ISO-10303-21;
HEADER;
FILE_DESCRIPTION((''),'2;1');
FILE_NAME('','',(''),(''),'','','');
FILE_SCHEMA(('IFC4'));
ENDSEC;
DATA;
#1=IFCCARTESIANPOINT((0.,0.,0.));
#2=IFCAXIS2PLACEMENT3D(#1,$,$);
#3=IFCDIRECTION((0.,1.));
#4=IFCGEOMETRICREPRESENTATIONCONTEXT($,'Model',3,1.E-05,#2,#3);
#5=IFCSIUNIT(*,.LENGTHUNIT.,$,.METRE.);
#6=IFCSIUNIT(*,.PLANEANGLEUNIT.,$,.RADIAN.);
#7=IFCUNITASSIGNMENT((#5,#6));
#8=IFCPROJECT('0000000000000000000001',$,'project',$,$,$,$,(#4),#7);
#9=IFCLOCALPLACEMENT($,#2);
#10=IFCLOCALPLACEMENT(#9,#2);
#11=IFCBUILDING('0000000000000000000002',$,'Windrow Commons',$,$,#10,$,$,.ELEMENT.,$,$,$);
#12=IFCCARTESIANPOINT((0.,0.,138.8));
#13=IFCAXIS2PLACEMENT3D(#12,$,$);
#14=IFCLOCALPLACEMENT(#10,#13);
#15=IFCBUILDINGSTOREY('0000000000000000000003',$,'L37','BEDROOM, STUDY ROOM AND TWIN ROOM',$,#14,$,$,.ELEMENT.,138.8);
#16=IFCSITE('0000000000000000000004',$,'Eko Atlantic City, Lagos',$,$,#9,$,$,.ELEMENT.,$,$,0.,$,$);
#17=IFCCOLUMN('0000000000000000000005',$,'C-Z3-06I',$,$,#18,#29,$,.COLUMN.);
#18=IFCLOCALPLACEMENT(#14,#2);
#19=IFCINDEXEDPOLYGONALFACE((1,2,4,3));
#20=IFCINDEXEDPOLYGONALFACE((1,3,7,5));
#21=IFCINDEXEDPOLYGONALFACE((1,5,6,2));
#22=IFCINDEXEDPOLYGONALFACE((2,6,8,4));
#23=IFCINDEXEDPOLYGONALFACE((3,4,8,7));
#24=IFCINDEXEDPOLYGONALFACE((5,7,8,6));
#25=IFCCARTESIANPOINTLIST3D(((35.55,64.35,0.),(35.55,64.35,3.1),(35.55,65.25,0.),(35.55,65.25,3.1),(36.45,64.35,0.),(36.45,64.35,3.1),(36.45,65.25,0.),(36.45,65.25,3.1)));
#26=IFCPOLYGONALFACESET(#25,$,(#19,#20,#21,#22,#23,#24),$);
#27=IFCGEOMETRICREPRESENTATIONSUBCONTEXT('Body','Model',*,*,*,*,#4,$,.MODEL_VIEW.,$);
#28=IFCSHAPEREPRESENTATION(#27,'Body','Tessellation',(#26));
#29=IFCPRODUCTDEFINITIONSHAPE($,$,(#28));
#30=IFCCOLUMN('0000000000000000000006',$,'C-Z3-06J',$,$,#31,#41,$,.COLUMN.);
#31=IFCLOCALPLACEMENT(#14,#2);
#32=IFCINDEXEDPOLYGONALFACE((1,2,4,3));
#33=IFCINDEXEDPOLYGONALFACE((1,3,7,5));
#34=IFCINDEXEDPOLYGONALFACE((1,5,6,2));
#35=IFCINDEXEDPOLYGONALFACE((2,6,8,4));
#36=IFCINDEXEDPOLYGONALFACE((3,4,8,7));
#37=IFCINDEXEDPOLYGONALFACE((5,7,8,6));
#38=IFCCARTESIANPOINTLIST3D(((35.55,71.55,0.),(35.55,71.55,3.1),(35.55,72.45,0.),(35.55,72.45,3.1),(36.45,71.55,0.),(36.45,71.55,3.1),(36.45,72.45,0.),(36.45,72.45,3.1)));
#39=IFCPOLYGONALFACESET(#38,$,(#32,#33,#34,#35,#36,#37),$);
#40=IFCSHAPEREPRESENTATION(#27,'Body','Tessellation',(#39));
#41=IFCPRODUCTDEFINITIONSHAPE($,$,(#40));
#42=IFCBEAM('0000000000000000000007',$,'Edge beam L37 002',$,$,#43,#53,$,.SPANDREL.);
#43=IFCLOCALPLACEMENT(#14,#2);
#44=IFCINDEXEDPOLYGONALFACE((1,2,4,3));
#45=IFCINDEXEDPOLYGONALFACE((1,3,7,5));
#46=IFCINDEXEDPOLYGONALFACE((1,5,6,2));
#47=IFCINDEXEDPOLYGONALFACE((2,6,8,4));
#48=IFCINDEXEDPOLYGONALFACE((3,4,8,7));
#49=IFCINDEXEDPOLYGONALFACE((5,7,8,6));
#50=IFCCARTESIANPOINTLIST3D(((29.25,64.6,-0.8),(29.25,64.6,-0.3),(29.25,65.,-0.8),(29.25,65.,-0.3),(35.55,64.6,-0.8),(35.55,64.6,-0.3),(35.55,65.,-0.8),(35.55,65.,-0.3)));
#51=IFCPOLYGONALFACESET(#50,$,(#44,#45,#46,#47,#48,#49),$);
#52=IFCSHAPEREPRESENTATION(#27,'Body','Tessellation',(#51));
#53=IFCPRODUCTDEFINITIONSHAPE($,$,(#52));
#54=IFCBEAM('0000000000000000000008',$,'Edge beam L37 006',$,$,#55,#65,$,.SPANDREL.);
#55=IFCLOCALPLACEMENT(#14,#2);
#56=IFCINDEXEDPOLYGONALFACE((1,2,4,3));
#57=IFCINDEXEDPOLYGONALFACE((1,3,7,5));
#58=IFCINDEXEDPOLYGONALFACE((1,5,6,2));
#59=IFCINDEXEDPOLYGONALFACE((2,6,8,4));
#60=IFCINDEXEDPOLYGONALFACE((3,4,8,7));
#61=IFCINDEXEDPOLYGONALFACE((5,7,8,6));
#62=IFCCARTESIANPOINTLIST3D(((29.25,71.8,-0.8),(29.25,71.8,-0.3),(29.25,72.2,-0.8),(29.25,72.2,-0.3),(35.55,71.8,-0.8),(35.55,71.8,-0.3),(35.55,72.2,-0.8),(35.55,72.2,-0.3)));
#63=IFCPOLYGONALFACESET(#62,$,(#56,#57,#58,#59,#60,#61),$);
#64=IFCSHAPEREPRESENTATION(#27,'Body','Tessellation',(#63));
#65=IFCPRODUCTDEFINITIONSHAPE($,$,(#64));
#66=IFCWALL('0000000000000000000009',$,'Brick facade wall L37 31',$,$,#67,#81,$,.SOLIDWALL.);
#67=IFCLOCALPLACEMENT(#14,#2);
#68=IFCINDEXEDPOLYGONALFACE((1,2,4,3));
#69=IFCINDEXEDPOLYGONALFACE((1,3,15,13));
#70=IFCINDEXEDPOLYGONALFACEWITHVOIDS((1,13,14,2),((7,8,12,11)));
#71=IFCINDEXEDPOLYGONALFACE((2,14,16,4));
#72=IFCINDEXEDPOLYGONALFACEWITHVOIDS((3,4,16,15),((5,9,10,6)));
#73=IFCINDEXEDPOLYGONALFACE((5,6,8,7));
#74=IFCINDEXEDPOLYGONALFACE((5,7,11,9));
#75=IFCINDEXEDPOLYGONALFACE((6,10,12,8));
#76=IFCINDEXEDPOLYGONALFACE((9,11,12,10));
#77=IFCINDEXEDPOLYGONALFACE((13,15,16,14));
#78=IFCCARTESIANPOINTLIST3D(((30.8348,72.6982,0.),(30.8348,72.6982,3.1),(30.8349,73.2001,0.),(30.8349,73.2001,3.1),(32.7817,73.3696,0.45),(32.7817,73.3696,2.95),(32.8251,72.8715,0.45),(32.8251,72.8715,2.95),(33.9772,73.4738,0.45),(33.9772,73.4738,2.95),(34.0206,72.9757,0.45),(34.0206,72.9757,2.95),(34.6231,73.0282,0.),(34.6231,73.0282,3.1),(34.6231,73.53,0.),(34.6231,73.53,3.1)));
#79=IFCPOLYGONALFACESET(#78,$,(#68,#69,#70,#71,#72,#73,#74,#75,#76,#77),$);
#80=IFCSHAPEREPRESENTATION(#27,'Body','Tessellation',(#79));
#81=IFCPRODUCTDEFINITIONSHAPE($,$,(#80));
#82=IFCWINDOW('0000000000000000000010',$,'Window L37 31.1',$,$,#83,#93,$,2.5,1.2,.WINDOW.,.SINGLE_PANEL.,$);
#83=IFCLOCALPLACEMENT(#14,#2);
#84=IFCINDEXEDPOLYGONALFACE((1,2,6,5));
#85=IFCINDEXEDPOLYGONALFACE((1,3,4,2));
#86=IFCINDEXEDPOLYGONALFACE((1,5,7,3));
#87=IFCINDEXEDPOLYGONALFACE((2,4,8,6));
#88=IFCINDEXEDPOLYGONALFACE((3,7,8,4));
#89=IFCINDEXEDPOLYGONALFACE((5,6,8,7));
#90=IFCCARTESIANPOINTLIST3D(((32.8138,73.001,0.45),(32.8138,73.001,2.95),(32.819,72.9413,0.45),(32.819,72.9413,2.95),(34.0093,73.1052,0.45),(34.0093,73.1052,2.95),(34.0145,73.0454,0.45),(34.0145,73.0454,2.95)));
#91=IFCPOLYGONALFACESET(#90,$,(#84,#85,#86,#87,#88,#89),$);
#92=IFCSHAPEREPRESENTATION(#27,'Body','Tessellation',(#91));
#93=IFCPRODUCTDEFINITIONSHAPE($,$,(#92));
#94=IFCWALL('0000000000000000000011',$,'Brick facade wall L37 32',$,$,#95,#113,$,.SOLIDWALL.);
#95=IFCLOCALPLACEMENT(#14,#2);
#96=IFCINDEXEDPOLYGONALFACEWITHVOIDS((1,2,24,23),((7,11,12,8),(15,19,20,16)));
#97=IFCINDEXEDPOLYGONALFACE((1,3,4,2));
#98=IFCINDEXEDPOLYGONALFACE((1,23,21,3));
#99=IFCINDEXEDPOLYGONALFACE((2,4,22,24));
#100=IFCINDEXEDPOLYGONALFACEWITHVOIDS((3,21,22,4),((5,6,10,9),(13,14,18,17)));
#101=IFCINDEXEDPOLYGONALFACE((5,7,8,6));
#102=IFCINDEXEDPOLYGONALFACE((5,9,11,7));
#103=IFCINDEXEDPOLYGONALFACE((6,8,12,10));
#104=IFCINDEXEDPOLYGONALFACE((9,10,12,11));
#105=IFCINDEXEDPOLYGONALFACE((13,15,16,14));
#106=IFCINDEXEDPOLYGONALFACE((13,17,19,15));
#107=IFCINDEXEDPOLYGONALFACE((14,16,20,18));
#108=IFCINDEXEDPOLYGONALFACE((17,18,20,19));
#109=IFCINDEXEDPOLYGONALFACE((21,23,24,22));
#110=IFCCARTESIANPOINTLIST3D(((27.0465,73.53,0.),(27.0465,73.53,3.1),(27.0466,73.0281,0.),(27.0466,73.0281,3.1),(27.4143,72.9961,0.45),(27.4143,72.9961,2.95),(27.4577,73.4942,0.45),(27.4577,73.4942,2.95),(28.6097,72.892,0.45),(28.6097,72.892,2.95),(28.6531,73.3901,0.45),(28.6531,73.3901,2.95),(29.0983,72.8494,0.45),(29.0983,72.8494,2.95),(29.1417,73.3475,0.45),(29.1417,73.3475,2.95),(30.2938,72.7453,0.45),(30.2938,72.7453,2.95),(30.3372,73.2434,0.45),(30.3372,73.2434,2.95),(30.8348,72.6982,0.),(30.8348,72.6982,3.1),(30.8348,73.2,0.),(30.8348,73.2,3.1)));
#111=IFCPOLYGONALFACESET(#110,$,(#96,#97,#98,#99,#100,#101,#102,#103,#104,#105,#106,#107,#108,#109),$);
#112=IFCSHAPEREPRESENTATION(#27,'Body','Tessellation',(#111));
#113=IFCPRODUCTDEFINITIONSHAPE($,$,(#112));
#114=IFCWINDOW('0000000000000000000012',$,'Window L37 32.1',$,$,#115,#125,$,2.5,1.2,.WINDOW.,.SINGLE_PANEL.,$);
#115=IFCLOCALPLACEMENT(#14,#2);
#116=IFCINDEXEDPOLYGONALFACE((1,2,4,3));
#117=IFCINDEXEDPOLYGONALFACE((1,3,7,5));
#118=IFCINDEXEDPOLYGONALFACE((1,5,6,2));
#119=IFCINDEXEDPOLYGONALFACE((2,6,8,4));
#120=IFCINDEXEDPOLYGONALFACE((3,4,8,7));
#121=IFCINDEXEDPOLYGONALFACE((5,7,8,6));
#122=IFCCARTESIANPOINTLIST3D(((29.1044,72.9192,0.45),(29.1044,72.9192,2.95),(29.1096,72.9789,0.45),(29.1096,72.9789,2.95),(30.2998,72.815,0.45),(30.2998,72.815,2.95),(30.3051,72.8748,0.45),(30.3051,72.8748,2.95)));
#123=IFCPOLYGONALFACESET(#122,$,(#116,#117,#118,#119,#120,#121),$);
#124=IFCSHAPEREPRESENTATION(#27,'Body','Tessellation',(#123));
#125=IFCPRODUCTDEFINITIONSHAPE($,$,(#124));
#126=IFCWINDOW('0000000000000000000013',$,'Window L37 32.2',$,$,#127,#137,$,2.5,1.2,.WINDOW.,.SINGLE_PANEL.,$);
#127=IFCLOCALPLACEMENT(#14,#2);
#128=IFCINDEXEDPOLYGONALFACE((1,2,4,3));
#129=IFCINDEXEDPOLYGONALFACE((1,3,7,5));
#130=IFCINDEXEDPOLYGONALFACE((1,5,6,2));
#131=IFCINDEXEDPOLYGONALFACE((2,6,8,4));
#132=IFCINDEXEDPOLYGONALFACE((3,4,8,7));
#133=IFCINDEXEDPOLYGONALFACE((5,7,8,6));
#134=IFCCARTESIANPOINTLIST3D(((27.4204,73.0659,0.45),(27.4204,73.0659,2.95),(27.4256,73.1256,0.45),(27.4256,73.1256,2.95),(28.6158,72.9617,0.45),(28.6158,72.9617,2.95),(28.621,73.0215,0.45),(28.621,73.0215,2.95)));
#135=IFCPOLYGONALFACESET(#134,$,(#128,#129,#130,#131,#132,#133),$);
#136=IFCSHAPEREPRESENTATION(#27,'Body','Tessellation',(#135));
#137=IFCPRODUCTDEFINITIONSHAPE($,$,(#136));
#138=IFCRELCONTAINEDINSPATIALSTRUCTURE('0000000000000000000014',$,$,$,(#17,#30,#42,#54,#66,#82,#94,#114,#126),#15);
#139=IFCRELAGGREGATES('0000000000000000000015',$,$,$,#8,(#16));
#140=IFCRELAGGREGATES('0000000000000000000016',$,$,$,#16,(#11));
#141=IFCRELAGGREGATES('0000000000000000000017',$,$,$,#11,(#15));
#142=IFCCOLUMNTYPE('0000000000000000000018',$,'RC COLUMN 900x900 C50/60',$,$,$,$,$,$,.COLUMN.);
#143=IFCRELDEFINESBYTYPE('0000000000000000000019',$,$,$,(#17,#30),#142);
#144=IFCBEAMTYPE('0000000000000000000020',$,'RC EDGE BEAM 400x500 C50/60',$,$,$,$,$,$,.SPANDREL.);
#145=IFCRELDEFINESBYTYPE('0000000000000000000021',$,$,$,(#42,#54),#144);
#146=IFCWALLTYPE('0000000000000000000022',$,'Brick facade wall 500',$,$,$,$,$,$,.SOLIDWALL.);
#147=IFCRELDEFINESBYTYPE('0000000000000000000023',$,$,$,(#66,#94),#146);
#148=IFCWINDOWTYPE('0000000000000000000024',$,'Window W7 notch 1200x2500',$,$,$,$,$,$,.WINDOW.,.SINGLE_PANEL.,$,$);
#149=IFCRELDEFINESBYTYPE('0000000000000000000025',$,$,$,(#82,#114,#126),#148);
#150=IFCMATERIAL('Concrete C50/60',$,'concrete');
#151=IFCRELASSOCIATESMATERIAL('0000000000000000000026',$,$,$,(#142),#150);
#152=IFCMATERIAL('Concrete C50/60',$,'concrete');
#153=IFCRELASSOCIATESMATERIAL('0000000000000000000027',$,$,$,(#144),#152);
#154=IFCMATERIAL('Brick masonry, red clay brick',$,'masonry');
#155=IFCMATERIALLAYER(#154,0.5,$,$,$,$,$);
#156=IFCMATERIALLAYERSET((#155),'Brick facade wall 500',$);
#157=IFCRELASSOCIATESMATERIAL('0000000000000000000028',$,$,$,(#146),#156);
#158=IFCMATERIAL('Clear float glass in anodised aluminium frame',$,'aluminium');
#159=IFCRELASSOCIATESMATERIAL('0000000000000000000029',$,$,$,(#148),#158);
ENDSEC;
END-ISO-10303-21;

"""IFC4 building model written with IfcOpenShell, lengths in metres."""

from ifc_helpers import new_model, si_unit, direction, frame, frame_2d, origin, origin_2d, place, context, subcontext, project, spatial, polyline, rectangle, outline, extrude, material, layer, layer_set, material_profile, profile_set, type_object, element, fill, save


model = new_model("IFC4")

# Units and contexts
model_context = context("Model", 3, precision=1e-05, world=origin(), true_north=direction((0.0, 1.0)))
body_context = subcontext(model_context, "Body", "Model", "MODEL_VIEW")
ifc_project = project(units=[si_unit("LENGTHUNIT", "METRE"), si_unit("PLANEANGLEUNIT", "RADIAN")], contexts=[model_context])

# Site, building, storey
site_placement = place(None, origin())
site = spatial("IfcSite", under=ifc_project, at=site_placement, Name="Eko Atlantic City, Lagos", CompositionType="ELEMENT", RefElevation=0.0)
building_placement = place(site_placement, origin())
building = spatial("IfcBuilding", under=site, at=building_placement, Name="Windrow Commons", CompositionType="ELEMENT")
storey_placement = place(building_placement, frame((0.0, 0.0, 138.8)))
storey = spatial("IfcBuildingStorey", under=building, at=storey_placement, Name="L37", Description="BEDROOM, STUDY ROOM AND TWIN ROOM", CompositionType="ELEMENT", Elevation=138.8)

# Columns
ifc_material_1 = material(Name="Concrete C50/60", Category="concrete")
ifc_material_profile_1 = material_profile(ifc_material_1, rectangle(XDim=0.9, YDim=0.9, at=origin_2d()))
ifc_profile_set_1 = profile_set([ifc_material_profile_1], Name="Concrete C50/60")
column_type = type_object("IfcColumnType", Name="RC COLUMN 900x900 C50/60", PredefinedType="COLUMN", material=ifc_profile_set_1)
for number, where, z_axis, x_axis, name in (
    (1, (36.0, 64.8, 0.0), (0.0, 0.0, 1.0), (1.0, 0.0, 0.0), "C-Z3-06I"),
    (2, (36.0, 72.0, 0.0), (0.0, 0.0, 1.0), (1.0, 0.0, 0.0), "C-Z3-06J"),
):
    element("IfcColumn", number, at=place(storey_placement, frame(where, z_axis=z_axis, x_axis=x_axis)), inside=storey, type_object=column_type, Name=name, PredefinedType="COLUMN", context=body_context, shape_type="SweptSolid", body=[
        extrude(rectangle(XDim=0.9, YDim=0.9, at=origin_2d()), origin(), (0.0, 0.0, 1.0), 3.1),
    ])

# Beams
ifc_material_2 = material(Name="Concrete C50/60", Category="concrete")
ifc_material_profile_2 = material_profile(ifc_material_2, rectangle(XDim=0.4, YDim=0.5, at=origin_2d()))
ifc_profile_set_2 = profile_set([ifc_material_profile_2], Name="Concrete C50/60")
beam_type = type_object("IfcBeamType", Name="RC EDGE BEAM 400x500 C50/60", PredefinedType="SPANDREL", material=ifc_profile_set_2)
for number, where, z_axis, x_axis, name in (
    (3, (35.55, 64.8, -0.55), (-1.0, 0.0, 0.0), (0.0, -1.0, 0.0), "Edge beam L37 002"),
    (4, (29.25, 72.0, -0.55), (1.0, 0.0, 0.0), (0.0, 1.0, 0.0), "Edge beam L37 006"),
):
    element("IfcBeam", number, at=place(storey_placement, frame(where, z_axis=z_axis, x_axis=x_axis)), inside=storey, type_object=beam_type, Name=name, PredefinedType="SPANDREL", context=body_context, shape_type="SweptSolid", body=[
        extrude(rectangle(XDim=0.4, YDim=0.5, at=origin_2d()), origin(), (0.0, 0.0, 1.0), 6.3),
    ])

# Wall, opening, window
ifc_material_3 = material(Name="Brick masonry, red clay brick", Category="masonry")
ifc_layer_1 = layer(ifc_material_3, 0.5)
ifc_layer_set_1 = layer_set([ifc_layer_1], Name="Brick facade wall 500")
wall_type_1 = type_object("IfcWallType", Name="Brick facade wall 500", PredefinedType="SOLIDWALL", material=ifc_layer_set_1)
wall_1_placement = place(storey_placement, frame((34.6231, 73.2791, 0.0), z_axis=(0.0, 0.0, 1.0), x_axis=(-0.996227, -0.086782, 0.0)))
wall_1 = element("IfcWall", 5, at=wall_1_placement, inside=storey, type_object=wall_type_1, Name="Brick facade wall L37 31", PredefinedType="SOLIDWALL", context=body_context, shape_type="SweptSolid", body=[
    extrude(outline(polyline([(-0.0218, -0.25), (3.7808, -0.25), (3.8244, 0.25), (0.0218, 0.25), (-0.0218, -0.25)])), origin(), (0.0, 0.0, 1.0), 3.1),
])
opening_1_placement = place(wall_1_placement, frame((0.6266, 0.0, 0.45)))
opening_1 = element("IfcOpeningElement", 6, at=opening_1_placement, cuts=wall_1, PredefinedType="OPENING", context=body_context, shape_type="SweptSolid", body=[
    extrude(rectangle(XDim=1.2, YDim=2.5, at=frame_2d((0.6, 1.25))), frame((0.0, 0.26, 0.0), z_axis=(0.0, -1.0, 0.0), x_axis=(1.0, 0.0, 0.0)), (0.0, 0.0, 1.0), 0.52),
])
ifc_material_4 = material(Name="Clear float glass in anodised aluminium frame", Category="aluminium")
window_type_1 = type_object("IfcWindowType", Name="Window W7 notch 1200x2500", PartitioningType="SINGLE_PANEL", PredefinedType="WINDOW", material=ifc_material_4)
window_1_placement = place(opening_1_placement, origin())
window_1 = element("IfcWindow", 7, at=window_1_placement, inside=storey, type_object=window_type_1, Name="Window L37 31.1", OverallHeight=2.5, OverallWidth=1.2, PartitioningType="SINGLE_PANEL", PredefinedType="WINDOW", context=body_context, shape_type="SweptSolid", body=[
    extrude(rectangle(XDim=1.2, YDim=2.5, at=frame_2d((0.6, 1.25))), frame((0.0, 0.18, 0.0), z_axis=(0.0, -1.0, 0.0), x_axis=(1.0, 0.0, 0.0)), (0.0, 0.0, 1.0), 0.06),
])
fill(opening_1, window_1)

# Wall, openings, windows
wall_2_placement = place(storey_placement, frame((30.8348, 72.9491, 0.0), z_axis=(0.0, 0.0, 1.0), x_axis=(-0.996227, 0.086782, 0.0)))
wall_2 = element("IfcWall", 8, at=wall_2_placement, inside=storey, type_object=wall_type_1, Name="Brick facade wall L37 32", PredefinedType="SOLIDWALL", context=body_context, shape_type="SweptSolid", body=[
    extrude(outline(polyline([(0.0218, -0.25), (3.8244, -0.25), (3.7808, 0.25), (-0.0218, 0.25), (0.0218, -0.25)])), origin(), (0.0, 0.0, 1.0), 3.1),
])
opening_2_placement = place(wall_2_placement, frame((0.5213, 0.0, 0.45)))
opening_2 = element("IfcOpeningElement", 9, at=opening_2_placement, cuts=wall_2, PredefinedType="OPENING", context=body_context, shape_type="SweptSolid", body=[
    extrude(rectangle(XDim=1.2, YDim=2.5, at=frame_2d((0.6, 1.25))), frame((0.0, 0.26, 0.0), z_axis=(0.0, -1.0, 0.0), x_axis=(1.0, 0.0, 0.0)), (0.0, 0.0, 1.0), 0.52),
])
opening_3_placement = place(wall_2_placement, frame((2.2117, 0.0, 0.45)))
opening_3 = element("IfcOpeningElement", 10, at=opening_3_placement, cuts=wall_2, PredefinedType="OPENING", context=body_context, shape_type="SweptSolid", body=[
    extrude(rectangle(XDim=1.2, YDim=2.5, at=frame_2d((0.6, 1.25))), frame((0.0, 0.26, 0.0), z_axis=(0.0, -1.0, 0.0), x_axis=(1.0, 0.0, 0.0)), (0.0, 0.0, 1.0), 0.52),
])
window_2_placement = place(opening_2_placement, origin())
window_2 = element("IfcWindow", 11, at=window_2_placement, inside=storey, type_object=window_type_1, Name="Window L37 32.1", OverallHeight=2.5, OverallWidth=1.2, PartitioningType="SINGLE_PANEL", PredefinedType="WINDOW", context=body_context, shape_type="SweptSolid", body=[
    extrude(rectangle(XDim=1.2, YDim=2.5, at=frame_2d((0.6, 1.25))), frame((0.0, 0.18, 0.0), z_axis=(0.0, -1.0, 0.0), x_axis=(1.0, 0.0, 0.0)), (0.0, 0.0, 1.0), 0.06),
])
fill(opening_2, window_2)
window_3_placement = place(opening_3_placement, origin())
window_3 = element("IfcWindow", 12, at=window_3_placement, inside=storey, type_object=window_type_1, Name="Window L37 32.2", OverallHeight=2.5, OverallWidth=1.2, PartitioningType="SINGLE_PANEL", PredefinedType="WINDOW", context=body_context, shape_type="SweptSolid", body=[
    extrude(rectangle(XDim=1.2, YDim=2.5, at=frame_2d((0.6, 1.25))), frame((0.0, 0.18, 0.0), z_axis=(0.0, -1.0, 0.0), x_axis=(1.0, 0.0, 0.0)), (0.0, 0.0, 1.0), 0.06),
])
fill(opening_3, window_3)

save(model, "model.ifc")
